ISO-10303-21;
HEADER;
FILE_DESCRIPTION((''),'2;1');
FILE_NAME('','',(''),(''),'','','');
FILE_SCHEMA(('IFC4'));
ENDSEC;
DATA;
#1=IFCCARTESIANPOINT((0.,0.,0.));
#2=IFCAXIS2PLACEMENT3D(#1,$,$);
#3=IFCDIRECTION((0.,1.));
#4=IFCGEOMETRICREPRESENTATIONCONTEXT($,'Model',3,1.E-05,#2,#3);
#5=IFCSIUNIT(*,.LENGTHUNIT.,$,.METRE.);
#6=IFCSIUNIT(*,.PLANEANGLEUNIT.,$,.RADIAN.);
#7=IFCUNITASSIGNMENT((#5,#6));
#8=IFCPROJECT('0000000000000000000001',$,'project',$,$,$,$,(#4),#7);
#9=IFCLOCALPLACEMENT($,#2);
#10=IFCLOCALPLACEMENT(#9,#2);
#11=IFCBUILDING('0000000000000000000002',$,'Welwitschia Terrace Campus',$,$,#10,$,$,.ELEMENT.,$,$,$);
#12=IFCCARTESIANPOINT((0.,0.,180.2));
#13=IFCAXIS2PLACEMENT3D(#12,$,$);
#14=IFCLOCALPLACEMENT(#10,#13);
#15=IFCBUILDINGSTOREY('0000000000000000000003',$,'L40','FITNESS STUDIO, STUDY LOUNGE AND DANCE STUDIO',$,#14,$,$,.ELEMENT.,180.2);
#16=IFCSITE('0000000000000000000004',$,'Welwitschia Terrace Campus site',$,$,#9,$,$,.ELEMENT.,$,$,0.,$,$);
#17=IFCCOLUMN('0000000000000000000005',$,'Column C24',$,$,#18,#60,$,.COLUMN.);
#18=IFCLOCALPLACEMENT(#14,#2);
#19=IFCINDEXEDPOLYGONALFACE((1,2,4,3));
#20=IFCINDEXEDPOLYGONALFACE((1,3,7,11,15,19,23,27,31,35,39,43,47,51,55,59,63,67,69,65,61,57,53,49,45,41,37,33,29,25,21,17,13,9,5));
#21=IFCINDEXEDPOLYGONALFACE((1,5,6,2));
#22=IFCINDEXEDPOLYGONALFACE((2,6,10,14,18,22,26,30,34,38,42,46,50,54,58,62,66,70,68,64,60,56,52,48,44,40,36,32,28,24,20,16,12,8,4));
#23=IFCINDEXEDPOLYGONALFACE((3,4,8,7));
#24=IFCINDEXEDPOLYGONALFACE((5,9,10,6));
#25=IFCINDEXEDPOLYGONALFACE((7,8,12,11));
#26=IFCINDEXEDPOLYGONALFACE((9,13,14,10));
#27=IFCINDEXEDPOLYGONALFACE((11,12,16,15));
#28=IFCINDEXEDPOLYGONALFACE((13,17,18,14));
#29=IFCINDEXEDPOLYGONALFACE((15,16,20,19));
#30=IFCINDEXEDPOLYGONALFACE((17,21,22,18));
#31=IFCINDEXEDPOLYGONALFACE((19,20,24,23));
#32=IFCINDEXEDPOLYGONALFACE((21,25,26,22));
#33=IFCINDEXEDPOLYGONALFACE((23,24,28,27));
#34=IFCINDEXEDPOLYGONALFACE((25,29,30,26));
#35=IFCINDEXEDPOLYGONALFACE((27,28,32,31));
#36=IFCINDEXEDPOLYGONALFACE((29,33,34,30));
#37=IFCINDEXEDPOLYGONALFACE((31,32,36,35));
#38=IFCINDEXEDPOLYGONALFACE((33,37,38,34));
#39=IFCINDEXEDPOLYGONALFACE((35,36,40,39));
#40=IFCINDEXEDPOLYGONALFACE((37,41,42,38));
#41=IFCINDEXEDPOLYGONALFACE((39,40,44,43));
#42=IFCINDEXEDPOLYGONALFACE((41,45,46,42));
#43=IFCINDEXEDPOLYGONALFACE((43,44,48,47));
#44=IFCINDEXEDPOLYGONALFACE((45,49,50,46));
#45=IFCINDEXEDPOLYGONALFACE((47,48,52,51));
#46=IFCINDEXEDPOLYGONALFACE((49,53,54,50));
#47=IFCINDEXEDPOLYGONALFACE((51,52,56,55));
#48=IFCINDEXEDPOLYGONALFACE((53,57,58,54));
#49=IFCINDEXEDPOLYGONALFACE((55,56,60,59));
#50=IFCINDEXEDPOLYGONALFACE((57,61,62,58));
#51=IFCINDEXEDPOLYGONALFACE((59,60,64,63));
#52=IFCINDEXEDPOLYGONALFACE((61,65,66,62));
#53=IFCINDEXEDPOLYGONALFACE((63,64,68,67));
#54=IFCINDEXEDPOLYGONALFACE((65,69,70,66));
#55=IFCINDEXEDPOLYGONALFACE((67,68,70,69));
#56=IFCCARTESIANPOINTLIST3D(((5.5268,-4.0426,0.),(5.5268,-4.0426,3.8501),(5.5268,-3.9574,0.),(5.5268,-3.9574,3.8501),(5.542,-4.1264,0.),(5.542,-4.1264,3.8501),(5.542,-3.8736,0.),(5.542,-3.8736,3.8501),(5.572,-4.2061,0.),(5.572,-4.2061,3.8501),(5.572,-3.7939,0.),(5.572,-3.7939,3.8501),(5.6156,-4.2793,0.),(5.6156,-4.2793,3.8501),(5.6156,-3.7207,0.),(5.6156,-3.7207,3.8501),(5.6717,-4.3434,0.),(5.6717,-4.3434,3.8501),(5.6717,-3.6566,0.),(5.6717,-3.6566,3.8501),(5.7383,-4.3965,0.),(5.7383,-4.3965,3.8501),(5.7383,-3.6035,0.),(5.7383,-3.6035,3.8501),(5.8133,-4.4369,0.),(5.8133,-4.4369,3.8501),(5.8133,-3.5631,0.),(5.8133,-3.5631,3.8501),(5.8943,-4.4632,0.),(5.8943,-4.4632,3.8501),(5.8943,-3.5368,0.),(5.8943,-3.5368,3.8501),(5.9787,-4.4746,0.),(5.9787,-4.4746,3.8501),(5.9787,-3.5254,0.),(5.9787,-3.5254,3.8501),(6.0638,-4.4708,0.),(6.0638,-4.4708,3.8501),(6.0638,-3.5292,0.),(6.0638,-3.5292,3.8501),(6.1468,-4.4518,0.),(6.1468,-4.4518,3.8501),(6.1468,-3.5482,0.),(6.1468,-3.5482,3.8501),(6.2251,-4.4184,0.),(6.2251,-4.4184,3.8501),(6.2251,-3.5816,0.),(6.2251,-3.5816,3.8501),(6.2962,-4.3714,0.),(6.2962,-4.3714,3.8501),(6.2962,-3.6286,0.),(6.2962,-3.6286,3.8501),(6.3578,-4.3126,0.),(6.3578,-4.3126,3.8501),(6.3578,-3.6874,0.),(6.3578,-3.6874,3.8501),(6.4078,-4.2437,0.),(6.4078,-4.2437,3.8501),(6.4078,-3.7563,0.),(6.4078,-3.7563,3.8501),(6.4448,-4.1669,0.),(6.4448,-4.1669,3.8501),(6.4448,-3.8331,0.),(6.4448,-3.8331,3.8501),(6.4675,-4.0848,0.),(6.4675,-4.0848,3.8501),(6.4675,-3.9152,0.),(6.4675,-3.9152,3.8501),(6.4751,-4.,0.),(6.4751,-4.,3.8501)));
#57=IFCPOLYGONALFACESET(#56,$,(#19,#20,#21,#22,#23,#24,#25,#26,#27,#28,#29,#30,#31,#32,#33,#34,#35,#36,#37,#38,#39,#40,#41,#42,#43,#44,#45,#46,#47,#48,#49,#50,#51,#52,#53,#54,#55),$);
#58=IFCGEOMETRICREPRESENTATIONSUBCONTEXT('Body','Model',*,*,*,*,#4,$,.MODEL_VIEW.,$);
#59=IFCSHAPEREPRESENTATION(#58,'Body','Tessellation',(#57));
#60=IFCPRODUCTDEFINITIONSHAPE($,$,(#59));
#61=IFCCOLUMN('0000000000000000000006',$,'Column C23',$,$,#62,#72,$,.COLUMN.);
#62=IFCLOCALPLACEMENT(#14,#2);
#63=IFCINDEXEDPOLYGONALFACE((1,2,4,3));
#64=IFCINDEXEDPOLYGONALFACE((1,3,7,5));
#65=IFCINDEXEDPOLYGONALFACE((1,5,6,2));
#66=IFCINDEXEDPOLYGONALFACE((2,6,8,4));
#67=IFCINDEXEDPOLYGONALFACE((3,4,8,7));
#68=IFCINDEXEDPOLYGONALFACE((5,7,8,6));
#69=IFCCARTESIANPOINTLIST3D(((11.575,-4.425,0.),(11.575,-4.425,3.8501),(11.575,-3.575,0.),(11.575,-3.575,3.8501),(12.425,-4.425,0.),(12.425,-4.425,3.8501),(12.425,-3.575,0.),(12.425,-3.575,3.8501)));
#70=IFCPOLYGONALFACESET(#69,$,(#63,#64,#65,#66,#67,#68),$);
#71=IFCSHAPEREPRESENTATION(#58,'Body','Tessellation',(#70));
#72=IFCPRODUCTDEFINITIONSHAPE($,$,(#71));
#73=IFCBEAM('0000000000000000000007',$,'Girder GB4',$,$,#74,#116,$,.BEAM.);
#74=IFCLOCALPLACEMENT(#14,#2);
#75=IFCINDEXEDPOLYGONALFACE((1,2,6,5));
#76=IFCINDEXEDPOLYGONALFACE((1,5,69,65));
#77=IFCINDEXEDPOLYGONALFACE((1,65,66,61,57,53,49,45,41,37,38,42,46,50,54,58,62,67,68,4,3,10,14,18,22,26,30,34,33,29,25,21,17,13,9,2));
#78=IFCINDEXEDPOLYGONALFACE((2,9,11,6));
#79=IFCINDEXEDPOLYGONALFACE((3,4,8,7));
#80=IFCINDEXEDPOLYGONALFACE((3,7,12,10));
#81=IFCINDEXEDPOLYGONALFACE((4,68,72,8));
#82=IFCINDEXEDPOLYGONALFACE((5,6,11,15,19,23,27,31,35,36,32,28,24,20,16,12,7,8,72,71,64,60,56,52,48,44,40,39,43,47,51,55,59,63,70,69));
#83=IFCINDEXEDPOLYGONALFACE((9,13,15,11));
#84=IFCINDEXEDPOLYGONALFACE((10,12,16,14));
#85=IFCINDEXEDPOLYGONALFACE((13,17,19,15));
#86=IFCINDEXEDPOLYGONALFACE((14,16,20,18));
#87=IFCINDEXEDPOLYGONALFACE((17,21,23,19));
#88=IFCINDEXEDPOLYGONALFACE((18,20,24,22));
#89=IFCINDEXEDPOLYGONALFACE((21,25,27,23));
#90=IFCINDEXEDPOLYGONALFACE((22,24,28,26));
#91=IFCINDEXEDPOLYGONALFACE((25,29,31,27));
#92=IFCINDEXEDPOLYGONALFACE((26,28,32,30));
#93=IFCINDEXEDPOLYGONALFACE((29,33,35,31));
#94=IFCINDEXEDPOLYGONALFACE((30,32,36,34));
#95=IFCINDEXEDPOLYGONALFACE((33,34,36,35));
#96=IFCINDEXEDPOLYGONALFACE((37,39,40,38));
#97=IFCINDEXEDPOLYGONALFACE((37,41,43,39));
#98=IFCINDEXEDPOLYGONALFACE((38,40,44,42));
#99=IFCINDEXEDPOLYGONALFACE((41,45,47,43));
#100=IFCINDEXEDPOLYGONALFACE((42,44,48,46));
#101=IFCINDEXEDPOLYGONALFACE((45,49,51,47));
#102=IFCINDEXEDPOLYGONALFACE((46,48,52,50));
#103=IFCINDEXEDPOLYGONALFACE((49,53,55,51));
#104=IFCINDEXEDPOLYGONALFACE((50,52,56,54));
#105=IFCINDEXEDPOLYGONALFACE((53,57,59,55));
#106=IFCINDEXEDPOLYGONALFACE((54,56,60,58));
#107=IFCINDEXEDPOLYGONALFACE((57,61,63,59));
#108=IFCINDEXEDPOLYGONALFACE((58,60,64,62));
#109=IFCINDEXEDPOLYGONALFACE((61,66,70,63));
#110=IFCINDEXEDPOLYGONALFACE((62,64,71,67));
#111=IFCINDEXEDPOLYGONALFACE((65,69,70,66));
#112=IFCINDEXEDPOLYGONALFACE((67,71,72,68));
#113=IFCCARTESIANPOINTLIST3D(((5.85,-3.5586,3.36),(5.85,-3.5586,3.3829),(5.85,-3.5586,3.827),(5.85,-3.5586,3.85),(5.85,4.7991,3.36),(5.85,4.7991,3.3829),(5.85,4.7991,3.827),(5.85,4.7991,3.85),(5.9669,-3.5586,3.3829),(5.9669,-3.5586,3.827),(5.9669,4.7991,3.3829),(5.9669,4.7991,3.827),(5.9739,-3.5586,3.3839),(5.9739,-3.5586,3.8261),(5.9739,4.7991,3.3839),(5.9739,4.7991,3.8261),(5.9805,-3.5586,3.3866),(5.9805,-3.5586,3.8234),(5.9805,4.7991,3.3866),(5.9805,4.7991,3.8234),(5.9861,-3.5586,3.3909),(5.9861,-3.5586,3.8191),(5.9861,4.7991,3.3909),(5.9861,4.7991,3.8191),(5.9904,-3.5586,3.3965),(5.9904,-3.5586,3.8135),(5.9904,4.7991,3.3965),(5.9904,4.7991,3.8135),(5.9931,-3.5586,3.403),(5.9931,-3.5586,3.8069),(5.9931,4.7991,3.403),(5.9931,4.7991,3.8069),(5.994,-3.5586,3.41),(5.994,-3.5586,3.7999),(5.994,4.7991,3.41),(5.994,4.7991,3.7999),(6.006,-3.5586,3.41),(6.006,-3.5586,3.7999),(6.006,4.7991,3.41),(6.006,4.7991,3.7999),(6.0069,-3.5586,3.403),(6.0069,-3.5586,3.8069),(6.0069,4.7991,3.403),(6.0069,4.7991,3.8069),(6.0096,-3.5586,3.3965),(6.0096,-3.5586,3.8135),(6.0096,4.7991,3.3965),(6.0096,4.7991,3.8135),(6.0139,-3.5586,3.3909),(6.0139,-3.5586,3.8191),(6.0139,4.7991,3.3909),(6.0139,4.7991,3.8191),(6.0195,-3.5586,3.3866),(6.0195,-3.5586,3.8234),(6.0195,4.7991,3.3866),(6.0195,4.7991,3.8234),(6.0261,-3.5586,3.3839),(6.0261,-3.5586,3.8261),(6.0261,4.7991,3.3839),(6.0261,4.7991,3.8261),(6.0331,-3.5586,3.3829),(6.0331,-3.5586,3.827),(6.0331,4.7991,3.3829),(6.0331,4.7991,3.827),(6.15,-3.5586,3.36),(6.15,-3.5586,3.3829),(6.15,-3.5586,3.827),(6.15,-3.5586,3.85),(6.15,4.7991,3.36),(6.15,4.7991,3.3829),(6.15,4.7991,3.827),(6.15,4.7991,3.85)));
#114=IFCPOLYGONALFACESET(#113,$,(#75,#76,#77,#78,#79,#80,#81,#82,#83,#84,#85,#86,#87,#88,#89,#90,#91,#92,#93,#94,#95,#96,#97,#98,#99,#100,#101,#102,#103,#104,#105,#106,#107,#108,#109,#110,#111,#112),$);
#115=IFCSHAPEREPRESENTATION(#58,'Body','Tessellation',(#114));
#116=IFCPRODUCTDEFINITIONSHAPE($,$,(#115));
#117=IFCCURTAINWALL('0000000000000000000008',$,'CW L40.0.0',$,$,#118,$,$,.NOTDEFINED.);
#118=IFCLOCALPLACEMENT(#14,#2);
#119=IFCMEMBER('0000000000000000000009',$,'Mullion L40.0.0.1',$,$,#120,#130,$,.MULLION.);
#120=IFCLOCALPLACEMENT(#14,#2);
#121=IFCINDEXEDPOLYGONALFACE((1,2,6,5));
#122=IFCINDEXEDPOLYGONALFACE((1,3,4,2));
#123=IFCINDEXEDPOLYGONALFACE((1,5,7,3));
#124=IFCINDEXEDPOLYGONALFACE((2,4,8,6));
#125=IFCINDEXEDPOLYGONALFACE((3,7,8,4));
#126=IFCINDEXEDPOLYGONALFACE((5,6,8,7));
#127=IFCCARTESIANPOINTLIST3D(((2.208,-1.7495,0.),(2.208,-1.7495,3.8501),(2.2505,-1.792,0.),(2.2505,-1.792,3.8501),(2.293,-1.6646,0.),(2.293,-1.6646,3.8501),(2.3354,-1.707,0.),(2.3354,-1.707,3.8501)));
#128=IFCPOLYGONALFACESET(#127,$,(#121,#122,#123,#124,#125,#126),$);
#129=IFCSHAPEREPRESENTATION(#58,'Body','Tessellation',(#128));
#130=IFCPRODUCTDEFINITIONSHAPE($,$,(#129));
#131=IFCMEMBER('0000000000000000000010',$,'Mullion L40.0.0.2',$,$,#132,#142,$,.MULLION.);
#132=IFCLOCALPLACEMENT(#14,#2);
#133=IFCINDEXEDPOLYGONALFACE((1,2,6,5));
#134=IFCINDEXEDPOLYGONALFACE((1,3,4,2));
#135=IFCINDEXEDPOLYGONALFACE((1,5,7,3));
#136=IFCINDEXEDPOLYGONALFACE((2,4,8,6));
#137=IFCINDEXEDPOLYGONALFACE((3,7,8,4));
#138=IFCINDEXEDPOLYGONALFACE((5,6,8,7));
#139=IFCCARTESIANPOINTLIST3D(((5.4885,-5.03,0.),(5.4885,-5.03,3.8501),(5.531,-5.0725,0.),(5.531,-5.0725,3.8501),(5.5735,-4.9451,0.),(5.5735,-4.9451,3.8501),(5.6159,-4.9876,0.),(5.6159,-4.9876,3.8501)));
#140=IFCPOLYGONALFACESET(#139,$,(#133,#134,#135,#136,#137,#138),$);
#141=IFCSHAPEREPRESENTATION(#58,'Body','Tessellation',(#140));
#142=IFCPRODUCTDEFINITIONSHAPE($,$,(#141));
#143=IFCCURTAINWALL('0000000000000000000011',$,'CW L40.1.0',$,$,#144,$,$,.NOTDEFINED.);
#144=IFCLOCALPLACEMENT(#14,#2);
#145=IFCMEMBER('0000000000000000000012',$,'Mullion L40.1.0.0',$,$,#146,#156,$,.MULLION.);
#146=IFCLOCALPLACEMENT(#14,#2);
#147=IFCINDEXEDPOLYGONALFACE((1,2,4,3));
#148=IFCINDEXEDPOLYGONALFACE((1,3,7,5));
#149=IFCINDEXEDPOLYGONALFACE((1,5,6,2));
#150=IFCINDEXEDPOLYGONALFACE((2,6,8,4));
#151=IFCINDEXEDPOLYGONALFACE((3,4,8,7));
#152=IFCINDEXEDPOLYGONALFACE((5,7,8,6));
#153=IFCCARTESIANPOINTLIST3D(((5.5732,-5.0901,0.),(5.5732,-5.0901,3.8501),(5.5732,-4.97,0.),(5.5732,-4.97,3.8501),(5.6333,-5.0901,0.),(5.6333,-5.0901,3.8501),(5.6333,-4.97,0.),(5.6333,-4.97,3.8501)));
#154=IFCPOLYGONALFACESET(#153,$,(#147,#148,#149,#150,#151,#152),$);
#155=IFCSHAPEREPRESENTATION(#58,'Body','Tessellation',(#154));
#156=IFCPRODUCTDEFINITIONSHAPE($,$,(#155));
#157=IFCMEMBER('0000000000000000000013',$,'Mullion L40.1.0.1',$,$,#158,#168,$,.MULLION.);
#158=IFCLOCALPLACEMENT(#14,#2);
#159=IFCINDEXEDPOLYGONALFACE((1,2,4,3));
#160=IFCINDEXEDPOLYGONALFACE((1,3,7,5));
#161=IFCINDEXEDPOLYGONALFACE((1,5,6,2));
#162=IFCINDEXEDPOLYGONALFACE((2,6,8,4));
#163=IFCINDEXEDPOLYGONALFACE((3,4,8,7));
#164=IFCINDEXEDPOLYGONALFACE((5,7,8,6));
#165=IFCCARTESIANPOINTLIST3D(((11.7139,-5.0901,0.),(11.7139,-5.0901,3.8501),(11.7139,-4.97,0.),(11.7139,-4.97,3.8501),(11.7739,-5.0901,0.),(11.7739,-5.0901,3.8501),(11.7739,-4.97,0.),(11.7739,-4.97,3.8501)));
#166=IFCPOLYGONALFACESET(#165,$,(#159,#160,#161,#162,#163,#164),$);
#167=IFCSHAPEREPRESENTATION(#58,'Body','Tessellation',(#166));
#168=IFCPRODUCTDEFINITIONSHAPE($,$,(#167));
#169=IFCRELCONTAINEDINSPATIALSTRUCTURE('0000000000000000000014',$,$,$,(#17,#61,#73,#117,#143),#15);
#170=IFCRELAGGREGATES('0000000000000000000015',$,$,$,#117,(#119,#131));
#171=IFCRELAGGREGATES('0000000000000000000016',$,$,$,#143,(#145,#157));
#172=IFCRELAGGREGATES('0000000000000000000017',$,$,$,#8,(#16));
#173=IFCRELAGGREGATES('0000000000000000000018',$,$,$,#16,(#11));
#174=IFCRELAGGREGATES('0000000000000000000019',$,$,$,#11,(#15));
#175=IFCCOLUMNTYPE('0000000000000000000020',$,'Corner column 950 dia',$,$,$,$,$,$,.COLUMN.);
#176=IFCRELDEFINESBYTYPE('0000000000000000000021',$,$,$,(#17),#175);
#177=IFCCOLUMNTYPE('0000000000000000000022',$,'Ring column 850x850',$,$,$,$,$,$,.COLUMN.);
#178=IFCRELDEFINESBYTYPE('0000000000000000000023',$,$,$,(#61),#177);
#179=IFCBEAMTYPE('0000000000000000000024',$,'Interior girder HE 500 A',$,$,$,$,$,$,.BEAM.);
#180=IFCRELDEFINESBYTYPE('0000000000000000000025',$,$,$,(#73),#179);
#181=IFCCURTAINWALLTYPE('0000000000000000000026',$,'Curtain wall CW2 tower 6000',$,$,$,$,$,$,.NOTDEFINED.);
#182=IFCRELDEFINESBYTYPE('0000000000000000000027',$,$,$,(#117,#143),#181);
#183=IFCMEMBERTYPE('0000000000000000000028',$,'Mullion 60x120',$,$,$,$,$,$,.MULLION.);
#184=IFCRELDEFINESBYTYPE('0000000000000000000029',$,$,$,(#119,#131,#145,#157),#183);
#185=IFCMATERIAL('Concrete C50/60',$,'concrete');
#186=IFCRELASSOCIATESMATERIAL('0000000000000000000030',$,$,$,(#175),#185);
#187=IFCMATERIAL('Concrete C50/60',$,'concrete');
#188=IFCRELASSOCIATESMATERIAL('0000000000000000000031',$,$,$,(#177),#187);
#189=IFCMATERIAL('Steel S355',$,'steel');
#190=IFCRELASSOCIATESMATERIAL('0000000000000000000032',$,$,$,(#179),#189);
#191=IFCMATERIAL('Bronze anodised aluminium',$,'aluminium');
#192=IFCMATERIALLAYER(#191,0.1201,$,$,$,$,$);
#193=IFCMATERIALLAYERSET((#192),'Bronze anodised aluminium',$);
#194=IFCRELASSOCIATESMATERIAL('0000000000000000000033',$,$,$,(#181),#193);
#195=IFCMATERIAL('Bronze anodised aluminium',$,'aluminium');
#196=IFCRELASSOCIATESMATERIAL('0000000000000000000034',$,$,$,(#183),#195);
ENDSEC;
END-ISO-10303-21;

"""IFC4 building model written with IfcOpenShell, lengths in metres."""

from ifc_helpers import new_model, si_unit, direction, frame, origin, origin_2d, place, context, subcontext, project, spatial, rectangle, circle, i_section, extrude, material, layer, layer_set, material_profile, profile_set, type_object, element, aggregate, save


model = new_model("IFC4")

# Units and contexts
model_context = context("Model", 3, precision=1e-05, world=origin(), true_north=direction((0.0, 1.0)))
body_context = subcontext(model_context, "Body", "Model", "MODEL_VIEW")
ifc_project = project(units=[si_unit("LENGTHUNIT", "METRE"), si_unit("PLANEANGLEUNIT", "RADIAN")], contexts=[model_context])

# Site, building, storey
site_placement = place(None, origin())
site = spatial("IfcSite", under=ifc_project, at=site_placement, Name="Welwitschia Terrace Campus site", CompositionType="ELEMENT", RefElevation=0.0)
building_placement = place(site_placement, origin())
building = spatial("IfcBuilding", under=site, at=building_placement, Name="Welwitschia Terrace Campus", CompositionType="ELEMENT")
storey_placement = place(building_placement, frame((0.0, 0.0, 180.2)))
storey = spatial("IfcBuildingStorey", under=building, at=storey_placement, Name="L40", Description="FITNESS STUDIO, STUDY LOUNGE AND DANCE STUDIO", CompositionType="ELEMENT", Elevation=180.2)

# Columns
ifc_material_1 = material(Name="Concrete C50/60", Category="concrete")
ifc_material_profile_1 = material_profile(ifc_material_1, circle(Radius=0.4751, at=origin_2d()))
ifc_profile_set_1 = profile_set([ifc_material_profile_1], Name="Concrete C50/60")
column_type_1 = type_object("IfcColumnType", Name="Corner column 950 dia", PredefinedType="COLUMN", material=ifc_profile_set_1)
column_1_placement = place(storey_placement, frame((6.0, -4.0, 0.0), z_axis=(0.0, 0.0, 1.0), x_axis=(1.0, 0.0, 0.0)))
element("IfcColumn", 1, at=column_1_placement, inside=storey, type_object=column_type_1, Name="Column C24", PredefinedType="COLUMN", context=body_context, shape_type="SweptSolid", body=[
    extrude(circle(Radius=0.4751, at=origin_2d()), origin(), (0.0, 0.0, 1.0), 3.8501),
])
ifc_material_2 = material(Name="Concrete C50/60", Category="concrete")
ifc_material_profile_2 = material_profile(ifc_material_2, rectangle(XDim=0.8501, YDim=0.8501, at=origin_2d()))
ifc_profile_set_2 = profile_set([ifc_material_profile_2], Name="Concrete C50/60")
column_type_2 = type_object("IfcColumnType", Name="Ring column 850x850", PredefinedType="COLUMN", material=ifc_profile_set_2)
column_2_placement = place(storey_placement, frame((12.0, -4.0, 0.0), z_axis=(0.0, 0.0, 1.0), x_axis=(1.0, 0.0, 0.0)))
element("IfcColumn", 2, at=column_2_placement, inside=storey, type_object=column_type_2, Name="Column C23", PredefinedType="COLUMN", context=body_context, shape_type="SweptSolid", body=[
    extrude(rectangle(XDim=0.8501, YDim=0.8501, at=origin_2d()), origin(), (0.0, 0.0, 1.0), 3.8501),
])

# Beam
ifc_material_3 = material(Name="Steel S355", Category="steel")
ifc_material_profile_3 = material_profile(ifc_material_3, i_section(OverallWidth=0.3, OverallDepth=0.49, WebThickness=0.012, FlangeThickness=0.0229, FilletRadius=0.0271, at=origin_2d()))
ifc_profile_set_3 = profile_set([ifc_material_profile_3], Name="Steel S355")
beam_type_1 = type_object("IfcBeamType", Name="Interior girder HE 500 A", PredefinedType="BEAM", material=ifc_profile_set_3)
beam_1_placement = place(storey_placement, frame((6.0, -3.5586, 3.605), z_axis=(0.0, 1.0, 0.0), x_axis=(-1.0, 0.0, 0.0)))
element("IfcBeam", 3, at=beam_1_placement, inside=storey, type_object=beam_type_1, Name="Girder GB4", PredefinedType="BEAM", context=body_context, shape_type="SweptSolid", body=[
    extrude(i_section(OverallWidth=0.3, OverallDepth=0.49, WebThickness=0.012, FlangeThickness=0.0229, FilletRadius=0.0271, at=origin_2d()), origin(), (0.0, 0.0, 1.0), 8.3577),
])

# Curtain walls, members
ifc_material_4 = material(Name="Bronze anodised aluminium", Category="aluminium")
ifc_layer_1 = layer(ifc_material_4, 0.1201)
ifc_layer_set_1 = layer_set([ifc_layer_1], Name="Bronze anodised aluminium")
curtain_wall_type = type_object("IfcCurtainWallType", Name="Curtain wall CW2 tower 6000", PredefinedType="NOTDEFINED", material=ifc_layer_set_1)
curtain_wall_1_placement = place(storey_placement, origin())
curtain_wall_1 = element("IfcCurtainWall", 4, at=curtain_wall_1_placement, inside=storey, type_object=curtain_wall_type, Name="CW L40.0.0", PredefinedType="NOTDEFINED")
ifc_material_5 = material(Name="Bronze anodised aluminium", Category="aluminium")
ifc_material_profile_4 = material_profile(ifc_material_5, rectangle(XDim=0.1201, YDim=0.0601, at=origin_2d()))
ifc_profile_set_4 = profile_set([ifc_material_profile_4], Name="Bronze anodised aluminium")
member_type_1 = type_object("IfcMemberType", Name="Mullion 60x120", PredefinedType="MULLION", material=ifc_profile_set_4)
member_1_placement = place(storey_placement, frame((2.2717, -1.7283, 0.0), z_axis=(0.0, 0.0, 1.0), x_axis=(0.707107, 0.707107, 0.0)))
member_1 = element("IfcMember", 5, at=member_1_placement, type_object=member_type_1, Name="Mullion L40.0.0.1", PredefinedType="MULLION", context=body_context, shape_type="SweptSolid", body=[
    extrude(rectangle(XDim=0.1201, YDim=0.0601, at=origin_2d()), origin(), (0.0, 0.0, 1.0), 3.8501),
])
member_2_placement = place(storey_placement, frame((5.5522, -5.0088, 0.0), z_axis=(0.0, 0.0, 1.0), x_axis=(0.707107, 0.707107, 0.0)))
member_2 = element("IfcMember", 6, at=member_2_placement, type_object=member_type_1, Name="Mullion L40.0.0.2", PredefinedType="MULLION", context=body_context, shape_type="SweptSolid", body=[
    extrude(rectangle(XDim=0.1201, YDim=0.0601, at=origin_2d()), origin(), (0.0, 0.0, 1.0), 3.8501),
])
curtain_wall_2_placement = place(storey_placement, origin())
curtain_wall_2 = element("IfcCurtainWall", 7, at=curtain_wall_2_placement, inside=storey, type_object=curtain_wall_type, Name="CW L40.1.0", PredefinedType="NOTDEFINED")
member_3_placement = place(storey_placement, frame((5.6033, -5.03, 0.0), z_axis=(0.0, 0.0, 1.0), x_axis=(0.0, 1.0, 0.0)))
member_3 = element("IfcMember", 8, at=member_3_placement, type_object=member_type_1, Name="Mullion L40.1.0.0", PredefinedType="MULLION", context=body_context, shape_type="SweptSolid", body=[
    extrude(rectangle(XDim=0.1201, YDim=0.0601, at=origin_2d()), origin(), (0.0, 0.0, 1.0), 3.8501),
])
member_4_placement = place(storey_placement, frame((11.7439, -5.03, 0.0), z_axis=(0.0, 0.0, 1.0), x_axis=(0.0, 1.0, 0.0)))
member_4 = element("IfcMember", 9, at=member_4_placement, type_object=member_type_1, Name="Mullion L40.1.0.1", PredefinedType="MULLION", context=body_context, shape_type="SweptSolid", body=[
    extrude(rectangle(XDim=0.1201, YDim=0.0601, at=origin_2d()), origin(), (0.0, 0.0, 1.0), 3.8501),
])

aggregate(curtain_wall_1, [member_1, member_2])
aggregate(curtain_wall_2, [member_3, member_4])

save(model, "model.ifc")
